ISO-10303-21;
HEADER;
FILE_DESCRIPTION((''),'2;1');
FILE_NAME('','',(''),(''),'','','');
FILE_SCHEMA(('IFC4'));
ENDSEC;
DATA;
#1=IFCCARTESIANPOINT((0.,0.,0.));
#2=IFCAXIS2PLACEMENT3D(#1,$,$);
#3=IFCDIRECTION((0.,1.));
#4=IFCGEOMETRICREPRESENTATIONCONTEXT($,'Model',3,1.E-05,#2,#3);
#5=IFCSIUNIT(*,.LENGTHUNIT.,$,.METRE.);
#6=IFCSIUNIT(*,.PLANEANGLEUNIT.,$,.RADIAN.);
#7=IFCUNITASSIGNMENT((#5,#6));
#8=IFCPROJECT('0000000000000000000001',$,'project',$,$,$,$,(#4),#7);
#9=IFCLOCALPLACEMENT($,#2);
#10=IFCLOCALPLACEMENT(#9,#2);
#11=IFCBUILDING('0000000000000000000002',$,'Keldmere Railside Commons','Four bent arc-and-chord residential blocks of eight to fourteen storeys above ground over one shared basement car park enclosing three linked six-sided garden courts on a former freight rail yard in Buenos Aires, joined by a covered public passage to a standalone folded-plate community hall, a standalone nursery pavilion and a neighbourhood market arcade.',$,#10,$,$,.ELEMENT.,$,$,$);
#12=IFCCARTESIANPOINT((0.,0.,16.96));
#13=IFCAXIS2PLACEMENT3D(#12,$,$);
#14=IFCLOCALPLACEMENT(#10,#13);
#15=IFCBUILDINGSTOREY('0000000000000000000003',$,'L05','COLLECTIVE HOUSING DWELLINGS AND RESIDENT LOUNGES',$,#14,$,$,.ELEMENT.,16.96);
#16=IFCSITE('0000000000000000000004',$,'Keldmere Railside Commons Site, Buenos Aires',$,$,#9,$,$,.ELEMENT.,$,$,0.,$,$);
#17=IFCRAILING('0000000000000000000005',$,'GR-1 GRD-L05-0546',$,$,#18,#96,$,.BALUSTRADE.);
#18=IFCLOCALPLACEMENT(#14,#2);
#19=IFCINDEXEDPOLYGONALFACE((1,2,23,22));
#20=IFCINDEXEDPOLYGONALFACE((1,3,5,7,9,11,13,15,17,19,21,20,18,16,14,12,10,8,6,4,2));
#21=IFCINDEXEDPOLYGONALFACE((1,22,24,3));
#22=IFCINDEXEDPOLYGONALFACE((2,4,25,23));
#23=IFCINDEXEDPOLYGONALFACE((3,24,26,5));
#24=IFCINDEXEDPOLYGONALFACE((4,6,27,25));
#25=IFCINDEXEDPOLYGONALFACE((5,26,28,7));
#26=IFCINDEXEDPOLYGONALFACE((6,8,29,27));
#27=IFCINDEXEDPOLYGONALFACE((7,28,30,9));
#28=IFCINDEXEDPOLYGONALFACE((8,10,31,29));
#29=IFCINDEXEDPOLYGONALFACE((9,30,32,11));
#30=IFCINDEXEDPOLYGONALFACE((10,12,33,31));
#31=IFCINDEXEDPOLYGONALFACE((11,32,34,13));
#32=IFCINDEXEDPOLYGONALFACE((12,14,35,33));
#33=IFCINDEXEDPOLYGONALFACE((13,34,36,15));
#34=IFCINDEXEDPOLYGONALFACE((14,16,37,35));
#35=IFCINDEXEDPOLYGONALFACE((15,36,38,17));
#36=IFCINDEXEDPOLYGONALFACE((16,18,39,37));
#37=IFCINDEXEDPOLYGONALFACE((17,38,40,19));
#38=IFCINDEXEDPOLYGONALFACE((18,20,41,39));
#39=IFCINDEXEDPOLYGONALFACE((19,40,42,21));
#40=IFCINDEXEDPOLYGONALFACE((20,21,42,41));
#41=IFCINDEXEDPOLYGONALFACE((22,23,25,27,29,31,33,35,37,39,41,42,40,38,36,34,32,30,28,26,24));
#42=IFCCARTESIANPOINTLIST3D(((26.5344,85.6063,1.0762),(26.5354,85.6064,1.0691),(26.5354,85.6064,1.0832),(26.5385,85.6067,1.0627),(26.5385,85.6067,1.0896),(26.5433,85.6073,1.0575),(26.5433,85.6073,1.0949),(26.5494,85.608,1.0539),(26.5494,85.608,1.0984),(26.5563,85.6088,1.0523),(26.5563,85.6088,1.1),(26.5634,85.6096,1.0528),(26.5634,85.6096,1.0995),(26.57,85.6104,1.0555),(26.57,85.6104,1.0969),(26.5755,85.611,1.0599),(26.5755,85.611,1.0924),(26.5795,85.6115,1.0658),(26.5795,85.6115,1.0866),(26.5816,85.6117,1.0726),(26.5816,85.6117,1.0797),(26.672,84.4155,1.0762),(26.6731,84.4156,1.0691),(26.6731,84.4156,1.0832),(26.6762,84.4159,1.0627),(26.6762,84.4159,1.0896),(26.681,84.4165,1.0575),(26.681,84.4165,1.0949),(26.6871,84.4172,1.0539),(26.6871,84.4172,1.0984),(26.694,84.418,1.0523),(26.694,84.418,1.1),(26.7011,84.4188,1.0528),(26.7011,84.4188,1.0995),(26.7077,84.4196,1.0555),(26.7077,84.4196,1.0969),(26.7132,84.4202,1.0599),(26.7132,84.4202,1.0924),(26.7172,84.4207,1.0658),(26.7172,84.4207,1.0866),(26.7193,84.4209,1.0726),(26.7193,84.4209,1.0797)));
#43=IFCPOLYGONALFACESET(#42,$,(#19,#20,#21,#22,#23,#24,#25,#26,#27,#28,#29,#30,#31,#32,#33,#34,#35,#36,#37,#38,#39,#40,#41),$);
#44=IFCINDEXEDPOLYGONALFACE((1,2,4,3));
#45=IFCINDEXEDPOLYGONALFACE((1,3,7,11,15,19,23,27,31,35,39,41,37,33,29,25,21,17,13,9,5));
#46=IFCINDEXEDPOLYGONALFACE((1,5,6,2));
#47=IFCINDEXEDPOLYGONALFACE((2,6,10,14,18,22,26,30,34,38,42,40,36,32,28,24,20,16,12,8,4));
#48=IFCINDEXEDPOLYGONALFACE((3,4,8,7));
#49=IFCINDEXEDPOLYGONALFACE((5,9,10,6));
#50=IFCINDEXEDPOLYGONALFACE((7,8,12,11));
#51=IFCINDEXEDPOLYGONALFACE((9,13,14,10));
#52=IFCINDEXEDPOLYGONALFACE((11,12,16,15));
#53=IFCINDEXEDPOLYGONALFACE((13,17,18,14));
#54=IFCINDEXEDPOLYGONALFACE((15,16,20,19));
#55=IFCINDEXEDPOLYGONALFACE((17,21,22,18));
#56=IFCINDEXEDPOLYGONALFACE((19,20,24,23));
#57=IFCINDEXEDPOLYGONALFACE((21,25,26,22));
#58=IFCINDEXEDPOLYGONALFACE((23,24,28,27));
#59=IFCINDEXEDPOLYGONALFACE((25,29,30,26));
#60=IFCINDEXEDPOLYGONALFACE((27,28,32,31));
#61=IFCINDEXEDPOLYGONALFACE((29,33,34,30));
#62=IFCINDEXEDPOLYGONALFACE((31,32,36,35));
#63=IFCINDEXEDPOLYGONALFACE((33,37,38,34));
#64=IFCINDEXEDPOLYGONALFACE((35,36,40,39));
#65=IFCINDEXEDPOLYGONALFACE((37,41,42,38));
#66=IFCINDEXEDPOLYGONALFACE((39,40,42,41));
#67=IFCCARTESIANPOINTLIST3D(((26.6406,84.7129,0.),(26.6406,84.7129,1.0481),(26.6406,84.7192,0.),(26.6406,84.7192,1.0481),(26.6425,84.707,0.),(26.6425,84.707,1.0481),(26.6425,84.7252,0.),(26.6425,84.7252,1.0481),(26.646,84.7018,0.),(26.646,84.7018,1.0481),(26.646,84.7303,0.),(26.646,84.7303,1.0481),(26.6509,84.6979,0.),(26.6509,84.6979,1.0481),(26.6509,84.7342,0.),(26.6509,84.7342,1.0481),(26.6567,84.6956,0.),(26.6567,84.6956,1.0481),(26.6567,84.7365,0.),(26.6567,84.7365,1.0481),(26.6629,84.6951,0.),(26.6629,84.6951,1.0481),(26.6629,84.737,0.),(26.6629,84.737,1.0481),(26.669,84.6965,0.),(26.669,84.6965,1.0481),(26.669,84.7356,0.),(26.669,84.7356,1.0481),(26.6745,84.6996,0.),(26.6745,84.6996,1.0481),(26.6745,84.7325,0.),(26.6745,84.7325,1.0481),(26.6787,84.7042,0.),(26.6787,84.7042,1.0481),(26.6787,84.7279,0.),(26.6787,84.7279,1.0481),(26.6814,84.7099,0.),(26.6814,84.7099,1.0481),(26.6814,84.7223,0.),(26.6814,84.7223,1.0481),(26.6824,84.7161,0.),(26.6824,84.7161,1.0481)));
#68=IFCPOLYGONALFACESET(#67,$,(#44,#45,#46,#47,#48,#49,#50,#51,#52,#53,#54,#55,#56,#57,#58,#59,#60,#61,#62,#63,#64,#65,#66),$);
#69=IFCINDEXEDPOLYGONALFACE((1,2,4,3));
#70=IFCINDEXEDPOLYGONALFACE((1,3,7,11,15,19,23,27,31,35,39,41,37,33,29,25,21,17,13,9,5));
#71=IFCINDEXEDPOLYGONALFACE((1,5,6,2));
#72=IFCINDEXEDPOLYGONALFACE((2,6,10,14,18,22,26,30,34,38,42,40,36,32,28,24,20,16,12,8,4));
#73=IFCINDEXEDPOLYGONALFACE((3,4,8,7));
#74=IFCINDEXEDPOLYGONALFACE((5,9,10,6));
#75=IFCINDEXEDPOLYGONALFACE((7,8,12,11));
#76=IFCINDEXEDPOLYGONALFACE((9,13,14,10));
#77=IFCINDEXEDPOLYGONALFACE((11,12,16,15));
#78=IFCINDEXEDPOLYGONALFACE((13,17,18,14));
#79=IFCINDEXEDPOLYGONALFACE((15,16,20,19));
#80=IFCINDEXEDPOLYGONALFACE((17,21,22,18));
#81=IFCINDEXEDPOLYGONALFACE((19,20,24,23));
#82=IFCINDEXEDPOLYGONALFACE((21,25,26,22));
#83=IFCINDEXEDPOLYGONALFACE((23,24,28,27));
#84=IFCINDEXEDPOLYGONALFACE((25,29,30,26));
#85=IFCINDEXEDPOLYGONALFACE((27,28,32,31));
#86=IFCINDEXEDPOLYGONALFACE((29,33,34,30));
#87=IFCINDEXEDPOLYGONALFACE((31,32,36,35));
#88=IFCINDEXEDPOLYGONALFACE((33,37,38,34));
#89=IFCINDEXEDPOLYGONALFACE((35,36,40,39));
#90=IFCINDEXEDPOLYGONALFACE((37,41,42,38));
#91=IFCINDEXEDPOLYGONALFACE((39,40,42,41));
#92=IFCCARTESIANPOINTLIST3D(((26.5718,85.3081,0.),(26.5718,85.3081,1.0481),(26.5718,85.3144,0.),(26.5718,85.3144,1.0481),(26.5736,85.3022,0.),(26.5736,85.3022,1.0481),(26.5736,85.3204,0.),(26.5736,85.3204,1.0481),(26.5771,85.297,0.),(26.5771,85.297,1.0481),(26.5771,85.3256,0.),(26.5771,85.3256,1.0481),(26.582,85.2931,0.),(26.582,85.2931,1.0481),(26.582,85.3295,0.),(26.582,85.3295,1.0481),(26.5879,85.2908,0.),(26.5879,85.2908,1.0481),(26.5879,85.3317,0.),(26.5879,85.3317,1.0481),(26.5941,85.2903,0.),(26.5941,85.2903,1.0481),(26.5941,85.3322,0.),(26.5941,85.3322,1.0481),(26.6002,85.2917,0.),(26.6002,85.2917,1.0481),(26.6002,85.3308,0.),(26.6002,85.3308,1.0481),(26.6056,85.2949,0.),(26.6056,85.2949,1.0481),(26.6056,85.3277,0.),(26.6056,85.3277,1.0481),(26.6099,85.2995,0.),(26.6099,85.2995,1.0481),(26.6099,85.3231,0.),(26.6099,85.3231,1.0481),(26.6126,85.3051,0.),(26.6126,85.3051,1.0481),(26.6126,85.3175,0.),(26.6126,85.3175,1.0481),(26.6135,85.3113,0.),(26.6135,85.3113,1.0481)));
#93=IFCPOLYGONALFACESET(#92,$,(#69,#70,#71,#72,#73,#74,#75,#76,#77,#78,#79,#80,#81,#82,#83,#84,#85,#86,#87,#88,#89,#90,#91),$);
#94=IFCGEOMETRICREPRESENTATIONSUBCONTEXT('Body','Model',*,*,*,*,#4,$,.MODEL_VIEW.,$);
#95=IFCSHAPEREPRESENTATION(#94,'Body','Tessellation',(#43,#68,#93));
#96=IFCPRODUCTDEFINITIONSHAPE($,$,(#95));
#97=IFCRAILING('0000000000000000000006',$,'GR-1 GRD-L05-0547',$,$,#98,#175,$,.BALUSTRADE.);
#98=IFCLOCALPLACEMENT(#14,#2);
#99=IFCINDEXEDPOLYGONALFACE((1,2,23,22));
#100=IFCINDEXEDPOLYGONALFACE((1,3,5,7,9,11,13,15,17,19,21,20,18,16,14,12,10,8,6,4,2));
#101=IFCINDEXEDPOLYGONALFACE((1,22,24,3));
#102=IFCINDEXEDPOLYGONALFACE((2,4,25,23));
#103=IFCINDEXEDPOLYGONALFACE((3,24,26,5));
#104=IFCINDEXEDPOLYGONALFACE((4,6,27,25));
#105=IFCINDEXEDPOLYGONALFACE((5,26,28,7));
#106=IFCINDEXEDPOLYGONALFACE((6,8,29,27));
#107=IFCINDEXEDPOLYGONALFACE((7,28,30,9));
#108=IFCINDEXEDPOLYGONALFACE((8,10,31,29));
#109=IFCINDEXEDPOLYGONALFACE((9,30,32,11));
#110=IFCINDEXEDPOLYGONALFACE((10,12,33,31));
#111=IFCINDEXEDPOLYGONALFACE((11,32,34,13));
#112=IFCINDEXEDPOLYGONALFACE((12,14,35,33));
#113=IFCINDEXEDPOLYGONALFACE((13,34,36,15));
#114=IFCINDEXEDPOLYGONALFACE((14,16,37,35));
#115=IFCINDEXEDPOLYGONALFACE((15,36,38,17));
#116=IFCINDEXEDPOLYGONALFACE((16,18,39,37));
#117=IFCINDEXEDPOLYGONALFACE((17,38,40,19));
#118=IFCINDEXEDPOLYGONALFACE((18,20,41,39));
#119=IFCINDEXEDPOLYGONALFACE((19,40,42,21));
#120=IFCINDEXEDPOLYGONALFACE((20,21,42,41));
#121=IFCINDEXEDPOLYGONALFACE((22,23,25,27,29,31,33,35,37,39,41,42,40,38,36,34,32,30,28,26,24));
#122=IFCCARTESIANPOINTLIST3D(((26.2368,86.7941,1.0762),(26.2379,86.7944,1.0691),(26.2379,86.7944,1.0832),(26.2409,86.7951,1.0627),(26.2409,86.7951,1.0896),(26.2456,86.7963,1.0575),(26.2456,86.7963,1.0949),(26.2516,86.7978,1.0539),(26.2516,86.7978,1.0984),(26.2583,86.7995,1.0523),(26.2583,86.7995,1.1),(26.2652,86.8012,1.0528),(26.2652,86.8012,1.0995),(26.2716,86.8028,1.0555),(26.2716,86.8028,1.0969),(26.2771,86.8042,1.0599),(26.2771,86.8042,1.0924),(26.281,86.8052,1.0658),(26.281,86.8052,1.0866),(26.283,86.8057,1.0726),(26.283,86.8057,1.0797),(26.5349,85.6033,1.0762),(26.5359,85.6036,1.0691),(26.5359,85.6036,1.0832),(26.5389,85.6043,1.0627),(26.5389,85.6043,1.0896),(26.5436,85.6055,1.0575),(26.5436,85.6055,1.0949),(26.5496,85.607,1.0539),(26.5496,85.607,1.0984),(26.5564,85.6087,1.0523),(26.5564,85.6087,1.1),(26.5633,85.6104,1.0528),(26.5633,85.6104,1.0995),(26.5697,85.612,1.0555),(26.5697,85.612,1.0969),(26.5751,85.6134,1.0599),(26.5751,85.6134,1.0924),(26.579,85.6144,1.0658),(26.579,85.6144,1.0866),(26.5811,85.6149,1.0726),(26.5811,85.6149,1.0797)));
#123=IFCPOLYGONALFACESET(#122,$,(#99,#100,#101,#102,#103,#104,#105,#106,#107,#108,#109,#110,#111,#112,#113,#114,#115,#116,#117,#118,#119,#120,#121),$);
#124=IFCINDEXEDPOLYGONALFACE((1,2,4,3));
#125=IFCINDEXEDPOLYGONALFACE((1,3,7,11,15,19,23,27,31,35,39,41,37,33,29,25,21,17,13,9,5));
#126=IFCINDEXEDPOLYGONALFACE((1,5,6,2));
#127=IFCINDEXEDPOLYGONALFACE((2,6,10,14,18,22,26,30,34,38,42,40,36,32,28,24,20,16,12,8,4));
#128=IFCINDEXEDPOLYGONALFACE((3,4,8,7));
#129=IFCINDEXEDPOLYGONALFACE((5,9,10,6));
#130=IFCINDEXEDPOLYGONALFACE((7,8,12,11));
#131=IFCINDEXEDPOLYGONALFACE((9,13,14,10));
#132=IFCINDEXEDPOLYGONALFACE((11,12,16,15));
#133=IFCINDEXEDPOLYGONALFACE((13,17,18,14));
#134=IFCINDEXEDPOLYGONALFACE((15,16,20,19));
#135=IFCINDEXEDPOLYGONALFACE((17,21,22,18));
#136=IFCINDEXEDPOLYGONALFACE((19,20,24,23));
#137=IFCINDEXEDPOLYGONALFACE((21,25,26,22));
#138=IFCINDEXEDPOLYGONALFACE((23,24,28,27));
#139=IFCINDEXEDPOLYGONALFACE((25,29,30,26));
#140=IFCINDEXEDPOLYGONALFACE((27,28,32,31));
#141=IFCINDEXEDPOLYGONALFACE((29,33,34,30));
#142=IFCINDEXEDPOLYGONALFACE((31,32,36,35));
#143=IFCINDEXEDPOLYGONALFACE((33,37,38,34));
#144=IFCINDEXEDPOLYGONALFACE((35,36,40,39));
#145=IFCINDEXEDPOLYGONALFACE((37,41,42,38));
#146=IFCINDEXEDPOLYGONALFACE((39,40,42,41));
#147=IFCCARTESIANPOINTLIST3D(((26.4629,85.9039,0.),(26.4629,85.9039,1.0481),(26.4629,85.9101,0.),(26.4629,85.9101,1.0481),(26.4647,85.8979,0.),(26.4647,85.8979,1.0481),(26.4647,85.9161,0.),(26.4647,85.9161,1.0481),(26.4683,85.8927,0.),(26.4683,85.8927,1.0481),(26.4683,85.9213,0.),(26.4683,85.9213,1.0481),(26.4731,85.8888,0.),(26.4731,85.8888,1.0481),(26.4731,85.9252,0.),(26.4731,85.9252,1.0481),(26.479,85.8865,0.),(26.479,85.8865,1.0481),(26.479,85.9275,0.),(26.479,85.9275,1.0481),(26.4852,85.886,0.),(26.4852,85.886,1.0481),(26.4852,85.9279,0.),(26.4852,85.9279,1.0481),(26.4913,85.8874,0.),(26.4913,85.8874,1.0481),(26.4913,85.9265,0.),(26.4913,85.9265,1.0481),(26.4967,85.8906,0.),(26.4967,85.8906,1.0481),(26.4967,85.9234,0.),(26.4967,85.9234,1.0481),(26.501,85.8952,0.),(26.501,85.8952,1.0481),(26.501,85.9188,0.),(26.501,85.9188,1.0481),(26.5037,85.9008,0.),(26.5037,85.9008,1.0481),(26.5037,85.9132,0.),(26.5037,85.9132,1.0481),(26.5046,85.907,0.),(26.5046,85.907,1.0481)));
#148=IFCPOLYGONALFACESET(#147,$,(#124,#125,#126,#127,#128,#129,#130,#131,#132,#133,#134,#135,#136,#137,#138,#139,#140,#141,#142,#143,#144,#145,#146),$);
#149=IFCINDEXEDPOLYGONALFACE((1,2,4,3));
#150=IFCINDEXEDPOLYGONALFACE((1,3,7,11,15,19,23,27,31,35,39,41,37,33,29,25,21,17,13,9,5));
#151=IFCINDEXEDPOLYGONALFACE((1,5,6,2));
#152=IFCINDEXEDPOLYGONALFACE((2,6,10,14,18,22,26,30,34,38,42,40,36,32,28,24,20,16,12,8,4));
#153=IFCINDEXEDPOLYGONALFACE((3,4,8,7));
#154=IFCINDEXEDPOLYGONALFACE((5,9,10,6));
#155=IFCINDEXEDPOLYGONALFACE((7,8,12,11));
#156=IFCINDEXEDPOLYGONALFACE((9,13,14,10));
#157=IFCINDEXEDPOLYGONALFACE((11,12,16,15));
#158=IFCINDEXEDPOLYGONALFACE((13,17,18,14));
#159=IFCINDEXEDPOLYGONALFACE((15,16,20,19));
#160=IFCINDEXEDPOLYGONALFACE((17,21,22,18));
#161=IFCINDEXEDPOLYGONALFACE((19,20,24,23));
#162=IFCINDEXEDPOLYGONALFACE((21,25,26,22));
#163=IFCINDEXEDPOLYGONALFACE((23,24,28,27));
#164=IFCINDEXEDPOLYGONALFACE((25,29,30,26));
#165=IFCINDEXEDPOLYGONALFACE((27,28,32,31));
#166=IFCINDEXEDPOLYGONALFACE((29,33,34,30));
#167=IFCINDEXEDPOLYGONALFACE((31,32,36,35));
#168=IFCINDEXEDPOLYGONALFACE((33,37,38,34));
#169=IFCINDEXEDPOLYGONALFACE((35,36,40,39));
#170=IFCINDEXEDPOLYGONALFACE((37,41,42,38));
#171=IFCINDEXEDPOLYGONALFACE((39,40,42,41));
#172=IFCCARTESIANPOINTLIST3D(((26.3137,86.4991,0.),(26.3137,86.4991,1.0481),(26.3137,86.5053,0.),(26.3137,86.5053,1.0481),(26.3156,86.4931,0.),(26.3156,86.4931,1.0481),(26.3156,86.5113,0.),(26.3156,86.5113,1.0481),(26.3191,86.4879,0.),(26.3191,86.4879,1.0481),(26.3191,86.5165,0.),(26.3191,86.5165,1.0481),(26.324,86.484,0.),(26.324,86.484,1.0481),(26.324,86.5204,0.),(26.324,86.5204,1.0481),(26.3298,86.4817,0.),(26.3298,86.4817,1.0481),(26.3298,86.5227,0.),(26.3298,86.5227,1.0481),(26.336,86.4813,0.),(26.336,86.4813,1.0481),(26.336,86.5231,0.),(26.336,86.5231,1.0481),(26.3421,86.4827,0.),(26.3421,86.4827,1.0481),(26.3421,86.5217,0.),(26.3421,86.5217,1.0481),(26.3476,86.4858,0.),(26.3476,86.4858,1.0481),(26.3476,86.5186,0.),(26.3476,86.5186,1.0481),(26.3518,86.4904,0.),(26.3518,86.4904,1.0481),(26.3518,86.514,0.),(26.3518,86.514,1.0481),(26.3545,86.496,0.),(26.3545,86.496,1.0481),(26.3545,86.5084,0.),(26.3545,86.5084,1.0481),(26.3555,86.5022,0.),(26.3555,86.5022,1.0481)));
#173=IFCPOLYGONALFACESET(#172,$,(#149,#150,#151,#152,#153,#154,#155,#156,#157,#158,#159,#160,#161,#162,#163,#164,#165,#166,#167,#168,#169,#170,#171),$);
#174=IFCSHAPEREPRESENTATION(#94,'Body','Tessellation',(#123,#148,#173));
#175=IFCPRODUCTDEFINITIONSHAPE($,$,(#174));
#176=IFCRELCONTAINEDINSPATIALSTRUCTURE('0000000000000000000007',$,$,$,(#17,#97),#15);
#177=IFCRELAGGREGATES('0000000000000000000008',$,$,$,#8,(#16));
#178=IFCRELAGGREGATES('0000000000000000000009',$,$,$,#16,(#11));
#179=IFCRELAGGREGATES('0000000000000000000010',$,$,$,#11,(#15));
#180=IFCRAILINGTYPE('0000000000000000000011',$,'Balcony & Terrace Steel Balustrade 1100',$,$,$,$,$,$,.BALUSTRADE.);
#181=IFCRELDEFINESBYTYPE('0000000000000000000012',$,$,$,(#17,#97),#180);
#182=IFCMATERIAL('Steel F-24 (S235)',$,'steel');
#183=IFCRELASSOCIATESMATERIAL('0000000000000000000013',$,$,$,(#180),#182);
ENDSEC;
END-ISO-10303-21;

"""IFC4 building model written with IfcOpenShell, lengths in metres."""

from ifc_helpers import new_model, si_unit, direction, frame, origin, origin_2d, place, context, subcontext, project, spatial, circle, extrude, material, type_object, element, save


model = new_model("IFC4")

# Units and contexts
model_context = context("Model", 3, precision=1e-05, world=origin(), true_north=direction((0.0, 1.0)))
body_context = subcontext(model_context, "Body", "Model", "MODEL_VIEW")
ifc_project = project(units=[si_unit("LENGTHUNIT", "METRE"), si_unit("PLANEANGLEUNIT", "RADIAN")], contexts=[model_context])

# Site, building, storey
site_placement = place(None, origin())
site = spatial("IfcSite", under=ifc_project, at=site_placement, Name="Keldmere Railside Commons Site, Buenos Aires", CompositionType="ELEMENT", RefElevation=0.0)
building_placement = place(site_placement, origin())
building = spatial("IfcBuilding", under=site, at=building_placement, Name="Keldmere Railside Commons", Description="Four bent arc-and-chord residential blocks of eight to fourteen storeys above ground over one shared basement car park enclosing three linked six-sided garden courts on a former freight rail yard in Buenos Aires, joined by a covered public passage to a standalone folded-plate community hall, a standalone nursery pavilion and a neighbourhood market arcade.", CompositionType="ELEMENT")
storey_placement = place(building_placement, frame((0.0, 0.0, 16.96)))
storey = spatial("IfcBuildingStorey", under=building, at=storey_placement, Name="L05", Description="COLLECTIVE HOUSING DWELLINGS AND RESIDENT LOUNGES", CompositionType="ELEMENT", Elevation=16.96)

# Railings
ifc_material_1 = material(Name="Steel F-24 (S235)", Category="steel")
railing_type = type_object("IfcRailingType", Name="Balcony & Terrace Steel Balustrade 1100", PredefinedType="BALUSTRADE", material=ifc_material_1)
railing_1_placement = place(storey_placement, frame((26.6958, 84.4182, 0.0)))
element("IfcRailing", 1, at=railing_1_placement, inside=storey, type_object=railing_type, Name="GR-1 GRD-L05-0546", PredefinedType="BALUSTRADE", context=body_context, shape_type="SweptSolid", body=[
    extrude(circle(Radius=0.0239, at=origin_2d()), frame((0.0, 0.0, 1.0762), z_axis=(-0.114856, 0.993382, 0.0), x_axis=(-0.993382, -0.114856, 0.0)), (0.0, 0.0, 1.0), 1.1987),
    extrude(circle(Radius=0.021, at=origin_2d()), frame((-0.0344, 0.2979, 0.0)), (0.0, 0.0, 1.0), 1.0481),
    extrude(circle(Radius=0.021, at=origin_2d()), frame((-0.1033, 0.8931, 0.0)), (0.0, 0.0, 1.0), 1.0481),
])
railing_2_placement = place(storey_placement, frame((26.5581, 85.6091, 0.0)))
element("IfcRailing", 2, at=railing_2_placement, inside=storey, type_object=railing_type, Name="GR-1 GRD-L05-0547", PredefinedType="BALUSTRADE", context=body_context, shape_type="SweptSolid", body=[
    extrude(circle(Radius=0.0239, at=origin_2d()), frame((0.0, 0.0, 1.0762), z_axis=(-0.242816, 0.970072, 0.0), x_axis=(-0.970072, -0.242816, 0.0)), (0.0, 0.0, 1.0), 1.2275),
    extrude(circle(Radius=0.021, at=origin_2d()), frame((-0.0745, 0.2979, 0.0)), (0.0, 0.0, 1.0), 1.0481),
    extrude(circle(Radius=0.021, at=origin_2d()), frame((-0.2236, 0.8931, 0.0)), (0.0, 0.0, 1.0), 1.0481),
])

save(model, "model.ifc")
